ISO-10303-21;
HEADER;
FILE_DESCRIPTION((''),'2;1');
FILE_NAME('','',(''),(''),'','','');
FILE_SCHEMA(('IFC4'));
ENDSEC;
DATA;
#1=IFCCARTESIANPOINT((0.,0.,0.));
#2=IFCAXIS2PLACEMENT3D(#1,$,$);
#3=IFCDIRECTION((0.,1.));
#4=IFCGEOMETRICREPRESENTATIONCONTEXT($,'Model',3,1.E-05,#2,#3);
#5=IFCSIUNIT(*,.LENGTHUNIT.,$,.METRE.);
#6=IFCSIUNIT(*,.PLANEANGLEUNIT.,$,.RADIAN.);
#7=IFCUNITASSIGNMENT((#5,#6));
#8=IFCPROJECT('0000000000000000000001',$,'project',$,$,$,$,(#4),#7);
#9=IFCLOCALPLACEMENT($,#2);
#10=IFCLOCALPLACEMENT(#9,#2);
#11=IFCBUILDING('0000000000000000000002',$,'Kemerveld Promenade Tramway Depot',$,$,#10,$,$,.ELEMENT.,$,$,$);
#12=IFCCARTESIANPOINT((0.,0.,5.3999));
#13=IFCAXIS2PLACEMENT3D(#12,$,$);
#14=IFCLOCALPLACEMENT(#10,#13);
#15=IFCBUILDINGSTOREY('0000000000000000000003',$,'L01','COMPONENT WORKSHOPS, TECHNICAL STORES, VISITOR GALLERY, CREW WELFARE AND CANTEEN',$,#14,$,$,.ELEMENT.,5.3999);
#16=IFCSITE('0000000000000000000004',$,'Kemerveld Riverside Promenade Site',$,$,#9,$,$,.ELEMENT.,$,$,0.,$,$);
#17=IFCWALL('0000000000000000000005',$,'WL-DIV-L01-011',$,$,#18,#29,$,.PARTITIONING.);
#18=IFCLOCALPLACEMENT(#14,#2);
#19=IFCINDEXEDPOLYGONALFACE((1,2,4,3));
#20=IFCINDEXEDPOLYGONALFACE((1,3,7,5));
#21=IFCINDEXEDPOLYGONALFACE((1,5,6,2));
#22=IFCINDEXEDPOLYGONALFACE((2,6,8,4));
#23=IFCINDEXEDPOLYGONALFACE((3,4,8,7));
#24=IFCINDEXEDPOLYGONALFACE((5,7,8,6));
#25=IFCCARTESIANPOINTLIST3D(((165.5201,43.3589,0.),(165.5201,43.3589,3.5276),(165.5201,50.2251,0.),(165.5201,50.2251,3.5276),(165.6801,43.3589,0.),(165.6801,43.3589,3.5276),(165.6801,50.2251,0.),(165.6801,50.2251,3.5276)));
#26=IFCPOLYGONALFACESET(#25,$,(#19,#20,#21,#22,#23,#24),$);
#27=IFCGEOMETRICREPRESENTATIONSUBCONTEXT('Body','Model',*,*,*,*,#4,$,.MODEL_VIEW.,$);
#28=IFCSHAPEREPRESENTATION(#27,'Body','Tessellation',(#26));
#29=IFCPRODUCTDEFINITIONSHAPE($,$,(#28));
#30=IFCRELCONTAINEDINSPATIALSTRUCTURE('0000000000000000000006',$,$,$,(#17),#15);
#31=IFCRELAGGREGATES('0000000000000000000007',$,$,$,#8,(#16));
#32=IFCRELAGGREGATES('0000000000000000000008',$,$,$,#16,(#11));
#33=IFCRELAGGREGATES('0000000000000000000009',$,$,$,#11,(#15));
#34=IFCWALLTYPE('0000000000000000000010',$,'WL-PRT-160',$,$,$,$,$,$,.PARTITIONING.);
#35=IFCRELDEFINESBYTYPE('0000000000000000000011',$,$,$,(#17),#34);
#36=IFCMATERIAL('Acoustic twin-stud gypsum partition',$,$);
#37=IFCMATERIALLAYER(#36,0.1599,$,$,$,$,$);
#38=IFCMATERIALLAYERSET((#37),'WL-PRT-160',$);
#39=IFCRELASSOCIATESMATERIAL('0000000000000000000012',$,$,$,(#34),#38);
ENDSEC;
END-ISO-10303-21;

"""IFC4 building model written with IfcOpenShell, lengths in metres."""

from ifc_helpers import new_model, si_unit, direction, frame, frame_2d, origin, place, context, subcontext, project, spatial, rectangle, extrude, material, layer, layer_set, type_object, element, save


model = new_model("IFC4")

# Units and contexts
model_context = context("Model", 3, precision=1e-05, world=origin(), true_north=direction((0.0, 1.0)))
body_context = subcontext(model_context, "Body", "Model", "MODEL_VIEW")
ifc_project = project(units=[si_unit("LENGTHUNIT", "METRE"), si_unit("PLANEANGLEUNIT", "RADIAN")], contexts=[model_context])

# Site, building, storey
site_placement = place(None, origin())
site = spatial("IfcSite", under=ifc_project, at=site_placement, Name="Kemerveld Riverside Promenade Site", CompositionType="ELEMENT", RefElevation=0.0)
building_placement = place(site_placement, origin())
building = spatial("IfcBuilding", under=site, at=building_placement, Name="Kemerveld Promenade Tramway Depot", CompositionType="ELEMENT")
storey_placement = place(building_placement, frame((0.0, 0.0, 5.3999)))
storey = spatial("IfcBuildingStorey", under=building, at=storey_placement, Name="L01", Description="COMPONENT WORKSHOPS, TECHNICAL STORES, VISITOR GALLERY, CREW WELFARE AND CANTEEN", CompositionType="ELEMENT", Elevation=5.3999)

# Wall
ifc_material_1 = material(Name="Acoustic twin-stud gypsum partition")
ifc_layer_1 = layer(ifc_material_1, 0.1599)
ifc_layer_set_1 = layer_set([ifc_layer_1], Name="WL-PRT-160")
wall_type = type_object("IfcWallType", Name="WL-PRT-160", PredefinedType="PARTITIONING", material=ifc_layer_set_1)
wall_1_placement = place(storey_placement, frame((165.6001, 43.3589, 0.0), z_axis=(0.0, 0.0, 1.0), x_axis=(0.0, 1.0, 0.0)))
element("IfcWall", 1, at=wall_1_placement, inside=storey, type_object=wall_type, Name="WL-DIV-L01-011", PredefinedType="PARTITIONING", context=body_context, shape_type="SweptSolid", body=[
    extrude(rectangle(XDim=6.8662, YDim=0.1599, at=frame_2d((3.4331, 0.0))), origin(), (0.0, 0.0, 1.0), 3.5276),
])

save(model, "model.ifc")
